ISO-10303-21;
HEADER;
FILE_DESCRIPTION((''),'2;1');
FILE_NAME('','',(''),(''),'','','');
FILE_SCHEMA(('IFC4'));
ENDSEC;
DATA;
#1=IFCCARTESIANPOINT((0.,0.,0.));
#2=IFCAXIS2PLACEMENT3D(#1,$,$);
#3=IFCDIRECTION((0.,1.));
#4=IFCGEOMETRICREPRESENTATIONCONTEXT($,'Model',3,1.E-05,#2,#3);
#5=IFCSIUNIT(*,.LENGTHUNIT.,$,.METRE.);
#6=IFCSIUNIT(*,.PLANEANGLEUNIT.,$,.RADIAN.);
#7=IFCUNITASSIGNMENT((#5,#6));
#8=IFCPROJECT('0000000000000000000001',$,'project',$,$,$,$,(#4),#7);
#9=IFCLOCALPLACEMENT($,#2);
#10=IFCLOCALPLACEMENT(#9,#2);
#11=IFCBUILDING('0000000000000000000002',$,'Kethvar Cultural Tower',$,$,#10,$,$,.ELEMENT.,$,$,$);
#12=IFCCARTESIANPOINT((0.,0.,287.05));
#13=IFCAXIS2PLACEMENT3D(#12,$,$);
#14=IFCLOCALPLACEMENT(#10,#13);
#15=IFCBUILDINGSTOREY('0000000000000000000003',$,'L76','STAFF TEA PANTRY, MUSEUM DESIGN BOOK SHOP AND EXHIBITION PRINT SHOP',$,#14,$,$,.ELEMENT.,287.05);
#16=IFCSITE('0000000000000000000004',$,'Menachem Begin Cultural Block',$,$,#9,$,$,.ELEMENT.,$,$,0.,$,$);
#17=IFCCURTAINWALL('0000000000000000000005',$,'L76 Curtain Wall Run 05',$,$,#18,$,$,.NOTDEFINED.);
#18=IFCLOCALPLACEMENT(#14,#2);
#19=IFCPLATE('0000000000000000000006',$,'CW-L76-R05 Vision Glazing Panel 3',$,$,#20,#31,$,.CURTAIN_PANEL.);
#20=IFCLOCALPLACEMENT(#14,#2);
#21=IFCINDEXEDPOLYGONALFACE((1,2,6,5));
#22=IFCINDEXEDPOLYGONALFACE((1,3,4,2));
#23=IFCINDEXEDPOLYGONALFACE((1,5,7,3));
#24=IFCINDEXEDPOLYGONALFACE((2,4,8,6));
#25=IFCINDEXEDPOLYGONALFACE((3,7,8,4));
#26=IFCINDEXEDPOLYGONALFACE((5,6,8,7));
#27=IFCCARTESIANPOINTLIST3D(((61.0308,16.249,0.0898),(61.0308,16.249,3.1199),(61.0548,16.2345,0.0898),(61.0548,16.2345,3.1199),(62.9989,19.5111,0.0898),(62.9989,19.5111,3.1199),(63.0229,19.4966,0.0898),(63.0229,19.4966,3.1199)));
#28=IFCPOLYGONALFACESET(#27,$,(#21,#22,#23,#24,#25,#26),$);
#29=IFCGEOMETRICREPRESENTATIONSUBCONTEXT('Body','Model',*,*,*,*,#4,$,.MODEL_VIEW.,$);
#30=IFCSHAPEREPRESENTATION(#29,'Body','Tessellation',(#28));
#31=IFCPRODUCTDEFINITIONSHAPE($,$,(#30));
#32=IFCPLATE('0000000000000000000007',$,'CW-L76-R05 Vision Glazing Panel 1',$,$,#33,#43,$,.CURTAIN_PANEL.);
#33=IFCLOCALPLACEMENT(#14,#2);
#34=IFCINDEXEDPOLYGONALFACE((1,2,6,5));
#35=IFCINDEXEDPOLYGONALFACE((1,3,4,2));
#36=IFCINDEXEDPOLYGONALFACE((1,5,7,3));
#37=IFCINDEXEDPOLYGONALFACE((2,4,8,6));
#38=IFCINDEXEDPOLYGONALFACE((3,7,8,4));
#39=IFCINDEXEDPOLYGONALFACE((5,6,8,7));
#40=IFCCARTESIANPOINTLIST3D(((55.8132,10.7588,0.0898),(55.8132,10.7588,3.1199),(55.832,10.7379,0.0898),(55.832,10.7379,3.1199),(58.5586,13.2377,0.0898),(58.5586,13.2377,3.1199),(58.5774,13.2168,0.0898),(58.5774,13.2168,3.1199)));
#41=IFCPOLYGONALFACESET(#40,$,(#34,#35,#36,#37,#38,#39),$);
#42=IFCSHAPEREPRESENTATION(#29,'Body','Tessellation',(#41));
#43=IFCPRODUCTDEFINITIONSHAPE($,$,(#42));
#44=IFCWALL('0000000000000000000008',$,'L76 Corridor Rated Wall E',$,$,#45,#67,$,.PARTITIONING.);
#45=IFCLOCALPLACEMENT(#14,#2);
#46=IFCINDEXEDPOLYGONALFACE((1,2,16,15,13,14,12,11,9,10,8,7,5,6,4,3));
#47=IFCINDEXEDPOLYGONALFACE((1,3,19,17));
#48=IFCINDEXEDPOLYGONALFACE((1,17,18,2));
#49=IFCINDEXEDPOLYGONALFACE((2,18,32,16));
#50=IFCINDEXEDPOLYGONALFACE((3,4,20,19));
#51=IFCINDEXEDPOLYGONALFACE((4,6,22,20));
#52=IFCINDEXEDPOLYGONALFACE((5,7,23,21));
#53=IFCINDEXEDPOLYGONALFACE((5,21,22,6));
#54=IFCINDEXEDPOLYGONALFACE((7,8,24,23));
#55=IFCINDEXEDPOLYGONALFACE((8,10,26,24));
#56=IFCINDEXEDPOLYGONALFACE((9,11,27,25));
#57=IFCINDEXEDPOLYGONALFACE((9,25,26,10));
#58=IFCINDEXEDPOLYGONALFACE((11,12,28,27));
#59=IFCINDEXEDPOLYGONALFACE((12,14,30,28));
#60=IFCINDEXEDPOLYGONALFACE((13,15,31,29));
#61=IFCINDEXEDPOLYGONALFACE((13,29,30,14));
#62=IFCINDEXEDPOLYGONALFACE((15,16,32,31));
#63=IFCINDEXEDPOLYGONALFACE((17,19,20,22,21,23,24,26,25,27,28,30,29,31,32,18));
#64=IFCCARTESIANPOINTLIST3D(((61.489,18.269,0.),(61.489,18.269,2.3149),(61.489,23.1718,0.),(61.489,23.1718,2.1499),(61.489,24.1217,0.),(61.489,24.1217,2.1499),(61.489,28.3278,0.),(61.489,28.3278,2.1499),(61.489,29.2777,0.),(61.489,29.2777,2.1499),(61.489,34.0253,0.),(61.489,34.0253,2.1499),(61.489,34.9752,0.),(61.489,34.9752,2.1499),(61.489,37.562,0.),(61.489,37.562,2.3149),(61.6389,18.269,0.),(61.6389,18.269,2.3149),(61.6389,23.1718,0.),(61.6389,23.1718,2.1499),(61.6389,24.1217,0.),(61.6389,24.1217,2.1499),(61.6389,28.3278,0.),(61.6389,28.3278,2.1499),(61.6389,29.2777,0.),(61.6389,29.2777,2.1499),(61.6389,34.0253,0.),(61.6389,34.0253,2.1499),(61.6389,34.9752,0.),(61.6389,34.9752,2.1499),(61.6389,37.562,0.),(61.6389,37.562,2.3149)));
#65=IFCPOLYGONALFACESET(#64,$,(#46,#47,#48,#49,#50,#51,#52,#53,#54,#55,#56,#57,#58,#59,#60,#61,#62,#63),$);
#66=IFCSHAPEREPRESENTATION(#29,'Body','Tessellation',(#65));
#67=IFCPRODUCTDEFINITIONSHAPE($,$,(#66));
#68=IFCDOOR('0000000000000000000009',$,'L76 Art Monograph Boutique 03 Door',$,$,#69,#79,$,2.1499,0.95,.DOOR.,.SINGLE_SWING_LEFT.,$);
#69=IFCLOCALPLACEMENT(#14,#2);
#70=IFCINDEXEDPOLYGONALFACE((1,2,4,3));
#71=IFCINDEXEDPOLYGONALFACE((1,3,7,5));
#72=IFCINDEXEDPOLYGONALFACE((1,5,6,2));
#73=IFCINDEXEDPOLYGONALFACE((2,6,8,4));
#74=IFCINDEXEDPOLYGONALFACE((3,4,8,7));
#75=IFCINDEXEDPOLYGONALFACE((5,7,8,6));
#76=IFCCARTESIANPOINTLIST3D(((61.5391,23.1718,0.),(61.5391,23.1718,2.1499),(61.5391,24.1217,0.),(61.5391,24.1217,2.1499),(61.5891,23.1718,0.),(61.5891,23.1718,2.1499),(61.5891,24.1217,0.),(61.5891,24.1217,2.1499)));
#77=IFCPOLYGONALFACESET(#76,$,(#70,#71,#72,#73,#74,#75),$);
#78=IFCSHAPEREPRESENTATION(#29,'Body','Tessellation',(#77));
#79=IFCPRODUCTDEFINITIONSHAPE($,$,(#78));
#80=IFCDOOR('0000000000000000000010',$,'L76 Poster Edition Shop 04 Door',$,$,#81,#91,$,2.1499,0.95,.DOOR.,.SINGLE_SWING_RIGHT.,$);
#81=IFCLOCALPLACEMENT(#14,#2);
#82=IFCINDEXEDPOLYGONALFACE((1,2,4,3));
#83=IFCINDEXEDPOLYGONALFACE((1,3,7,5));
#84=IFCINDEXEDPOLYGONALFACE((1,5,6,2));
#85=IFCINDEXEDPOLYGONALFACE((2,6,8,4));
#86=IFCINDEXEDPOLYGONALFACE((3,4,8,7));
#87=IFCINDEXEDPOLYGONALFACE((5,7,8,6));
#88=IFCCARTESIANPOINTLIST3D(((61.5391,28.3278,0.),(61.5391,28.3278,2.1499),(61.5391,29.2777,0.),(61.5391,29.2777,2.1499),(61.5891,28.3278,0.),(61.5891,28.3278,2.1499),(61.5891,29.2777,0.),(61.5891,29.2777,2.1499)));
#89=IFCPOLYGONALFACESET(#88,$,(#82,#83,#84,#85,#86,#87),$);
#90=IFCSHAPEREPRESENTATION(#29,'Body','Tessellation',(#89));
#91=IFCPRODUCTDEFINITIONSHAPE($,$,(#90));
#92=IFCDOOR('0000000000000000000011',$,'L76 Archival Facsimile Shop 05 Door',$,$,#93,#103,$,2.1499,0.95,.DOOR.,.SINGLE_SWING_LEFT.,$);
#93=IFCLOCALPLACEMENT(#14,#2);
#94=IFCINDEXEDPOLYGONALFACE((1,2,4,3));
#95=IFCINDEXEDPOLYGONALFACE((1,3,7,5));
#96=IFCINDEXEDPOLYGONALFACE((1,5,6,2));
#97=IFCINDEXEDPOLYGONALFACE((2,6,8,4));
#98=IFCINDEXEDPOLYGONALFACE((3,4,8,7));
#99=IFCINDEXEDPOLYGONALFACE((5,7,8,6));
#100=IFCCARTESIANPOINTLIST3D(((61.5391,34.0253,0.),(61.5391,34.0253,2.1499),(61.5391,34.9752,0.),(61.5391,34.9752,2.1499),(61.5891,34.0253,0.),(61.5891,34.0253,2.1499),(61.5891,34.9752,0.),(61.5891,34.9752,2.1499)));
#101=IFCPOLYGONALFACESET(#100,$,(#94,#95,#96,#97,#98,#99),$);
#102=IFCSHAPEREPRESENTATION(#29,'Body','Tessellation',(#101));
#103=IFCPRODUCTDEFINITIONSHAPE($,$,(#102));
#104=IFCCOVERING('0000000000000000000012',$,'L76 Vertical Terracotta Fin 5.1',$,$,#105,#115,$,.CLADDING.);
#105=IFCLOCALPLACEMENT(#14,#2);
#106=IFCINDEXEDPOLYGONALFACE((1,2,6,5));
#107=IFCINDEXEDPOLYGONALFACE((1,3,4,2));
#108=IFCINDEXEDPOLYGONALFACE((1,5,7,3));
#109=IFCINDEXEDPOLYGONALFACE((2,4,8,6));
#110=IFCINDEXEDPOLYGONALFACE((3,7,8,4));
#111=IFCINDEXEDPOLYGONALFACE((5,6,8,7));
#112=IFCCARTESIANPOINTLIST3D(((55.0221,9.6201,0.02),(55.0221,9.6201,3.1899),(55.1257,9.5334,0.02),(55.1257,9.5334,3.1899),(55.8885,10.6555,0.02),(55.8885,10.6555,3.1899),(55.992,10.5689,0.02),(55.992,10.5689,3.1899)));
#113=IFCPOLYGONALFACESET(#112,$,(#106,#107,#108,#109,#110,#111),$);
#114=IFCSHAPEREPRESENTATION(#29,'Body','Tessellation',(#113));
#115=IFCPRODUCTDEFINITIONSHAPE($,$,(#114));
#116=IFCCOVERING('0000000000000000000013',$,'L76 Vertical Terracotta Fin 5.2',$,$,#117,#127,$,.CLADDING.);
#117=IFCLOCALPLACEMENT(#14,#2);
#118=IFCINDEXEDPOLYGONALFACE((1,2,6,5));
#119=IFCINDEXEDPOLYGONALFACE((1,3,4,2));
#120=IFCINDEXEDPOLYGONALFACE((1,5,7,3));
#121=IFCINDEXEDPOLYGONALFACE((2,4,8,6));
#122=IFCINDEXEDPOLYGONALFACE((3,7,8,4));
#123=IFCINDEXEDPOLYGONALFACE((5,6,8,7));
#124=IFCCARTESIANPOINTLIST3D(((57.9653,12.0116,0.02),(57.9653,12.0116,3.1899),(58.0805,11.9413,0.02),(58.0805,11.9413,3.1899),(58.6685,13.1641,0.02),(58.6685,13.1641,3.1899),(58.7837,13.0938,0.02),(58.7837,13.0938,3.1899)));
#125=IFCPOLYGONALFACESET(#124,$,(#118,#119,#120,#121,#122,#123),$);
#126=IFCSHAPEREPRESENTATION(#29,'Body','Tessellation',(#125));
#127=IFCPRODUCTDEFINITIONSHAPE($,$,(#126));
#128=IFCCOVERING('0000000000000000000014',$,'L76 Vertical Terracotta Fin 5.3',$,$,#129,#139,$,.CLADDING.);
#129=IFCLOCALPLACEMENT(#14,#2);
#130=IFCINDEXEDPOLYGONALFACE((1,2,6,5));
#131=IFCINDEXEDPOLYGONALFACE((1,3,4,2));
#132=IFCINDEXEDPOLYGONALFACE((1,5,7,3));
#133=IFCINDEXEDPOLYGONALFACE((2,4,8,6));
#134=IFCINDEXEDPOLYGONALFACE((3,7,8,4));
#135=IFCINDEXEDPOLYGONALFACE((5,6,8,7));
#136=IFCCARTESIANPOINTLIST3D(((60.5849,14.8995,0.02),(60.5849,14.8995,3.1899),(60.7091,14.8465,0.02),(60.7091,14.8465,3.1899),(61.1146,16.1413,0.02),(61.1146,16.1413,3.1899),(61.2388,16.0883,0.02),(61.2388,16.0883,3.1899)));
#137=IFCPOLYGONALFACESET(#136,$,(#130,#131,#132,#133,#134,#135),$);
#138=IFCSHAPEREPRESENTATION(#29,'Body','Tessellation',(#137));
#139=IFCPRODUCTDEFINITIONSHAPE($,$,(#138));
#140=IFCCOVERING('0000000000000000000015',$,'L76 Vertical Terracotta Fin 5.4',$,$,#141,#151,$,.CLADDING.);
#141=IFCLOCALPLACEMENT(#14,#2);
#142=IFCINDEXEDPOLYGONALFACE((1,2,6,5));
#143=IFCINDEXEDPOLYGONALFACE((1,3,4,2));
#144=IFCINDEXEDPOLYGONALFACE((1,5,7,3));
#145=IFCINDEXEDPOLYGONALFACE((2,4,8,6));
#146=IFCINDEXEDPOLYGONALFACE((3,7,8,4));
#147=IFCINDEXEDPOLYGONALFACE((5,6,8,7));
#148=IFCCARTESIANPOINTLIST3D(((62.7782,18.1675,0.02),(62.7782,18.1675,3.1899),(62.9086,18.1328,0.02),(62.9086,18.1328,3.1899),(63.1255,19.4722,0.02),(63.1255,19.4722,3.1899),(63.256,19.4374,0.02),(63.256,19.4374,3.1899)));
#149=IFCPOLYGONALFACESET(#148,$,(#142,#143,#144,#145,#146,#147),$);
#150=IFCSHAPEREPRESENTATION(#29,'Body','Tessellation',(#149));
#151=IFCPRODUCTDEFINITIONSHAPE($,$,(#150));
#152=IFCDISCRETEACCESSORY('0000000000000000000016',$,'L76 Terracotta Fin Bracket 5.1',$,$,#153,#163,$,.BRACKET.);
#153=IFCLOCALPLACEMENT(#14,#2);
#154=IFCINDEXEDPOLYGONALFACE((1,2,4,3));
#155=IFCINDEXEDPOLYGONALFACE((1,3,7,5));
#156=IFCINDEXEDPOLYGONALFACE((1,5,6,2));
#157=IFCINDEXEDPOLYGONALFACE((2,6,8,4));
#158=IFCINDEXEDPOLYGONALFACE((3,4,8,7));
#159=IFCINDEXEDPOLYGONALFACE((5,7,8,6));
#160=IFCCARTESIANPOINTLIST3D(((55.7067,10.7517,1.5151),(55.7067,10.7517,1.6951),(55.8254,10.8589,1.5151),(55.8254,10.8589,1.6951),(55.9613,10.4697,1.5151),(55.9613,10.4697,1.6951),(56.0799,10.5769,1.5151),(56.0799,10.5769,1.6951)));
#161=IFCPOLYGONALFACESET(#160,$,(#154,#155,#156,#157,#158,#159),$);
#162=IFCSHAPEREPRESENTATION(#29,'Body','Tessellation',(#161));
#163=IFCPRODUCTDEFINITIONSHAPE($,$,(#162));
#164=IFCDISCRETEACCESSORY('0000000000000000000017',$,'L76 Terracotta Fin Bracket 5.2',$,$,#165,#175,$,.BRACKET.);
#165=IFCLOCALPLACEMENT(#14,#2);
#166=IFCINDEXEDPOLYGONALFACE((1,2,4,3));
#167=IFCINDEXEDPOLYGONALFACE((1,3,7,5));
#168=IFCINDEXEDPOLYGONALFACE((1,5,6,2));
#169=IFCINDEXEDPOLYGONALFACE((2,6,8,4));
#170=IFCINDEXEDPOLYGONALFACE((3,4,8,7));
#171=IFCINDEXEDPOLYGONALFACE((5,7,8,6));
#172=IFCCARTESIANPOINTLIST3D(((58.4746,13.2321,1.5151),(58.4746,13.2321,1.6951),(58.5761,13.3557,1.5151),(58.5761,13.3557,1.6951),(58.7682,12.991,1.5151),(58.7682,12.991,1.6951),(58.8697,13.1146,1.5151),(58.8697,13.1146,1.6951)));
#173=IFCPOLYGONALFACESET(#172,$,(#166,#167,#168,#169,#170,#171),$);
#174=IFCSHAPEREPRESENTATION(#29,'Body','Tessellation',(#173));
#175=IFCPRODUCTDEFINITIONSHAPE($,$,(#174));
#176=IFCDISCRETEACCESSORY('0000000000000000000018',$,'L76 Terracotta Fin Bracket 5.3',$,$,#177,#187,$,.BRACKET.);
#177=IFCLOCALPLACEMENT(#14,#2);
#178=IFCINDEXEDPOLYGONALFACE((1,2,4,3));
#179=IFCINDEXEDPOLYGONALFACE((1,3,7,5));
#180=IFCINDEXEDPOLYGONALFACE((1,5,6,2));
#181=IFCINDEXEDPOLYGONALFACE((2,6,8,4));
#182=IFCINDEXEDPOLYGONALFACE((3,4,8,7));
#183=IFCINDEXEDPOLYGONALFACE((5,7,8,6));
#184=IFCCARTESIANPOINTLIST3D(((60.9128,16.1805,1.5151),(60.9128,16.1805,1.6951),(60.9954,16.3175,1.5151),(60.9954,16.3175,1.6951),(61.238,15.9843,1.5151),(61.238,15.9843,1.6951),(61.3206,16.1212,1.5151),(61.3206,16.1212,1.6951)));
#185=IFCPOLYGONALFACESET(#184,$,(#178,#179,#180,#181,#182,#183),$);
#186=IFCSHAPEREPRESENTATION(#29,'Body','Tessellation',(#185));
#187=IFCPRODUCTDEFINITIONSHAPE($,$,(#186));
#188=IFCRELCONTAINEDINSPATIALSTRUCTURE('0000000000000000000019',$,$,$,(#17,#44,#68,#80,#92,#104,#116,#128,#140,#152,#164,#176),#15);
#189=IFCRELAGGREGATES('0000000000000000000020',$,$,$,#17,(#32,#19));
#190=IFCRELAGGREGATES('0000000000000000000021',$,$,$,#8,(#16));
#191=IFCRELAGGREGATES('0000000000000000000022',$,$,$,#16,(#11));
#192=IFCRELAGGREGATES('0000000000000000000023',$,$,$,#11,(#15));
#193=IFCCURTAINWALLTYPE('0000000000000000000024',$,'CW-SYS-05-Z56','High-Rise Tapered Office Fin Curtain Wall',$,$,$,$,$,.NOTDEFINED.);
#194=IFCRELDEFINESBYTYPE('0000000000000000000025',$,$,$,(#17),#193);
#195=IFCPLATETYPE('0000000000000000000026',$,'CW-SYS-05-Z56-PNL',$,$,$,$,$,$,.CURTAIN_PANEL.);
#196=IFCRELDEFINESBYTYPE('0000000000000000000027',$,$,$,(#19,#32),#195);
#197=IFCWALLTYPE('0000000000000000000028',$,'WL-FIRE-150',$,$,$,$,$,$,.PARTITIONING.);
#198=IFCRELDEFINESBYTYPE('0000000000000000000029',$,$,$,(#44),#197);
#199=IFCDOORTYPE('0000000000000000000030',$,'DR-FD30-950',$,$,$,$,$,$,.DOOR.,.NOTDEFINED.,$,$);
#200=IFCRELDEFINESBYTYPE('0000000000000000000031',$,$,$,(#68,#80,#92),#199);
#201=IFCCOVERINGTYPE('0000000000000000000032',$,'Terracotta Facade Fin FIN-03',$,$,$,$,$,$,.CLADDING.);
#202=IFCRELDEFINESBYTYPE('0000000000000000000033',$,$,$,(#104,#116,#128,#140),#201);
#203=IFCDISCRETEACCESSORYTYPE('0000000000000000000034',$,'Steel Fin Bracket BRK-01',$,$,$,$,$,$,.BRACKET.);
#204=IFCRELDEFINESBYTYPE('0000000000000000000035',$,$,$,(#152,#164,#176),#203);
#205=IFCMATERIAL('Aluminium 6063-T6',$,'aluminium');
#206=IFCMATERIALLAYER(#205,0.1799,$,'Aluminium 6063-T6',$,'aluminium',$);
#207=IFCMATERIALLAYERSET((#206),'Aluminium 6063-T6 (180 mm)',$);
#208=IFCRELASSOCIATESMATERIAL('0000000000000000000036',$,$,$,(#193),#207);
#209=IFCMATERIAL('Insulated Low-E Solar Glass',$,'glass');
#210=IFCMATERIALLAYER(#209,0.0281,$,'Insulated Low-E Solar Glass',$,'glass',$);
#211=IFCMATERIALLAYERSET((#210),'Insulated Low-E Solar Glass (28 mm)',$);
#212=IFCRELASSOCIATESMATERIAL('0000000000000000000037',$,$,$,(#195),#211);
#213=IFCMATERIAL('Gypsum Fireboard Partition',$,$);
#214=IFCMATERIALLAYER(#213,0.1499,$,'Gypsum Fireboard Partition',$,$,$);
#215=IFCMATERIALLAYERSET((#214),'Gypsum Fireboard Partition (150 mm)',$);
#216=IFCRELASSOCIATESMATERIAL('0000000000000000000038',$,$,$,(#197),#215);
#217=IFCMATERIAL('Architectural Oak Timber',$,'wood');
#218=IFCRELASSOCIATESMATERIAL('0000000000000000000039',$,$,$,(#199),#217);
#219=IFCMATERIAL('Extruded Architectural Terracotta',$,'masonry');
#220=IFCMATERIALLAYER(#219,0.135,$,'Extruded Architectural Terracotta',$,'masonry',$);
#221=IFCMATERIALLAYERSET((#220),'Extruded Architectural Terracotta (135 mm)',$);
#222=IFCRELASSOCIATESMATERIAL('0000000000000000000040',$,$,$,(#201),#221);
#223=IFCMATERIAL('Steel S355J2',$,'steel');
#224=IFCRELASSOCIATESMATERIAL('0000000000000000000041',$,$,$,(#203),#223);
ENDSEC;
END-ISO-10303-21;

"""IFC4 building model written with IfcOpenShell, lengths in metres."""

from ifc_helpers import new_model, si_unit, direction, frame, frame_2d, origin, origin_2d, place, context, subcontext, project, spatial, rectangle, extrude, source, transform, mapped, material, layer, layer_set, type_object, element, fill, aggregate, save


model = new_model("IFC4")

# Units and contexts
model_context = context("Model", 3, precision=1e-05, world=origin(), true_north=direction((0.0, 1.0)))
body_context = subcontext(model_context, "Body", "Model", "MODEL_VIEW")
ifc_project = project(units=[si_unit("LENGTHUNIT", "METRE"), si_unit("PLANEANGLEUNIT", "RADIAN")], contexts=[model_context])

# Site, building, storey
site_placement = place(None, origin())
site = spatial("IfcSite", under=ifc_project, at=site_placement, Name="Menachem Begin Cultural Block", CompositionType="ELEMENT", RefElevation=0.0)
building_placement = place(site_placement, origin())
building = spatial("IfcBuilding", under=site, at=building_placement, Name="Kethvar Cultural Tower", CompositionType="ELEMENT")
storey_placement = place(building_placement, frame((0.0, 0.0, 287.05)))
storey = spatial("IfcBuildingStorey", under=building, at=storey_placement, Name="L76", Description="STAFF TEA PANTRY, MUSEUM DESIGN BOOK SHOP AND EXHIBITION PRINT SHOP", CompositionType="ELEMENT", Elevation=287.05)

# Shared definitions
ifc_material_1 = material(Name="Steel S355J2", Category="steel")

# Shared definitions
ifc_material_2 = material(Name="Aluminium 6063-T6", Category="aluminium")
ifc_layer_1 = layer(ifc_material_2, 0.1799, Name="Aluminium 6063-T6", Category="aluminium")
ifc_layer_set_1 = layer_set([ifc_layer_1], Name="Aluminium 6063-T6 (180 mm)")
curtain_wall_type = type_object("IfcCurtainWallType", Name="CW-SYS-05-Z56", Description="High-Rise Tapered Office Fin Curtain Wall", PredefinedType="NOTDEFINED", material=ifc_layer_set_1)

# Curtain wall, plates
curtain_wall_1_placement = place(storey_placement, origin())
curtain_wall_1 = element("IfcCurtainWall", 1, at=curtain_wall_1_placement, inside=storey, type_object=curtain_wall_type, Name="L76 Curtain Wall Run 05", PredefinedType="NOTDEFINED")
ifc_material_3 = material(Name="Insulated Low-E Solar Glass", Category="glass")
ifc_layer_2 = layer(ifc_material_3, 0.0281, Name="Insulated Low-E Solar Glass", Category="glass")
ifc_layer_set_2 = layer_set([ifc_layer_2], Name="Insulated Low-E Solar Glass (28 mm)")
plate_type = type_object("IfcPlateType", Name="CW-SYS-05-Z56-PNL", PredefinedType="CURTAIN_PANEL", material=ifc_layer_set_2)
shared_shape_1 = source(origin(), body_context, "Body", "SweptSolid", [
    extrude(rectangle(XDim=3.8098, YDim=0.0281, at=origin_2d()), origin(), (0.0, 0.0, 1.0), 3.03),
])
plate_1_placement = place(storey_placement, frame((62.0269, 17.8728, 0.0898), z_axis=(0.0, 0.0, 1.0), x_axis=(0.516578, 0.85624, 0.0)))
plate_1 = element("IfcPlate", 2, at=plate_1_placement, type_object=plate_type, Name="CW-L76-R05 Vision Glazing Panel 3", PredefinedType="CURTAIN_PANEL", context=body_context, shape_type="MappedRepresentation", body=[
    mapped(shared_shape_1, transform((0.0, 0.0, 0.0), scale=1.0)),
])
shared_shape_2 = source(origin(), body_context, "Body", "SweptSolid", [
    extrude(rectangle(XDim=3.699, YDim=0.0281, at=origin_2d()), origin(), (0.0, 0.0, 1.0), 3.03),
])
plate_2_placement = place(storey_placement, frame((57.1953, 11.9878, 0.0898), z_axis=(0.0, 0.0, 1.0), x_axis=(0.742222, 0.670155, 0.0)))
plate_2 = element("IfcPlate", 3, at=plate_2_placement, type_object=plate_type, Name="CW-L76-R05 Vision Glazing Panel 1", PredefinedType="CURTAIN_PANEL", context=body_context, shape_type="MappedRepresentation", body=[
    mapped(shared_shape_2, transform((0.0, 0.0, 0.0), scale=1.0)),
])
aggregate(curtain_wall_1, [plate_2, plate_1])

# Wall, openings, doors
ifc_material_4 = material(Name="Gypsum Fireboard Partition")
ifc_layer_3 = layer(ifc_material_4, 0.1499, Name="Gypsum Fireboard Partition")
ifc_layer_set_3 = layer_set([ifc_layer_3], Name="Gypsum Fireboard Partition (150 mm)")
wall_type = type_object("IfcWallType", Name="WL-FIRE-150", PredefinedType="PARTITIONING", material=ifc_layer_set_3)
wall_placement = place(storey_placement, frame((61.564, 18.269, 0.0), z_axis=(0.0, 0.0, 1.0), x_axis=(0.0, 1.0, 0.0)))
wall = element("IfcWall", 4, at=wall_placement, inside=storey, type_object=wall_type, Name="L76 Corridor Rated Wall E", PredefinedType="PARTITIONING", context=body_context, shape_type="SweptSolid", body=[
    extrude(rectangle(XDim=19.293, YDim=0.1499, at=frame_2d((9.6465, 0.0))), origin(), (0.0, 0.0, 1.0), 2.3149),
])
opening_1_placement = place(wall_placement, frame((4.9026, 0.0, 0.0)))
opening_1 = element("IfcOpeningElement", 5, at=opening_1_placement, cuts=wall, PredefinedType="OPENING", context=body_context, shape_type="SweptSolid", body=[
    extrude(rectangle(XDim=0.95, YDim=2.1499, at=frame_2d((0.4751, 1.075))), frame((0.0, 0.085, 0.0), z_axis=(0.0, -1.0, 0.0), x_axis=(1.0, 0.0, 0.0)), (0.0, 0.0, 1.0), 0.1699),
])
opening_2_placement = place(wall_placement, frame((10.0586, 0.0, 0.0)))
opening_2 = element("IfcOpeningElement", 6, at=opening_2_placement, cuts=wall, PredefinedType="OPENING", context=body_context, shape_type="SweptSolid", body=[
    extrude(rectangle(XDim=0.95, YDim=2.1499, at=frame_2d((0.4751, 1.075))), frame((0.0, 0.085, 0.0), z_axis=(0.0, -1.0, 0.0), x_axis=(1.0, 0.0, 0.0)), (0.0, 0.0, 1.0), 0.1699),
])
opening_3_placement = place(wall_placement, frame((15.7561, 0.0, 0.0)))
opening_3 = element("IfcOpeningElement", 7, at=opening_3_placement, cuts=wall, PredefinedType="OPENING", context=body_context, shape_type="SweptSolid", body=[
    extrude(rectangle(XDim=0.95, YDim=2.1499, at=frame_2d((0.4751, 1.075))), frame((0.0, 0.085, 0.0), z_axis=(0.0, -1.0, 0.0), x_axis=(1.0, 0.0, 0.0)), (0.0, 0.0, 1.0), 0.1699),
])
ifc_material_5 = material(Name="Architectural Oak Timber", Category="wood")
door_type = type_object("IfcDoorType", Name="DR-FD30-950", OperationType="NOTDEFINED", PredefinedType="DOOR", material=ifc_material_5)
shared_shape_3 = source(origin(), body_context, "Body", "SweptSolid", [
    extrude(rectangle(XDim=0.95, YDim=2.1499, at=frame_2d((0.4751, 1.075))), frame((0.0, 0.0249, 0.0), z_axis=(0.0, -1.0, 0.0), x_axis=(1.0, 0.0, 0.0)), (0.0, 0.0, 1.0), 0.05),
])
door_1_placement = place(opening_1_placement, origin())
door_1 = element("IfcDoor", 8, at=door_1_placement, inside=storey, type_object=door_type, Name="L76 Art Monograph Boutique 03 Door", OperationType="SINGLE_SWING_LEFT", OverallHeight=2.1499, OverallWidth=0.95, PredefinedType="DOOR", context=body_context, shape_type="MappedRepresentation", body=[
    mapped(shared_shape_3, transform((0.0, 0.0, 0.0), scale=1.0)),
])
fill(opening_1, door_1)
door_2_placement = place(opening_2_placement, origin())
door_2 = element("IfcDoor", 9, at=door_2_placement, inside=storey, type_object=door_type, Name="L76 Poster Edition Shop 04 Door", OperationType="SINGLE_SWING_RIGHT", OverallHeight=2.1499, OverallWidth=0.95, PredefinedType="DOOR", context=body_context, shape_type="MappedRepresentation", body=[
    mapped(shared_shape_3, transform((0.0, 0.0, 0.0), scale=1.0)),
])
fill(opening_2, door_2)
door_3_placement = place(opening_3_placement, origin())
door_3 = element("IfcDoor", 10, at=door_3_placement, inside=storey, type_object=door_type, Name="L76 Archival Facsimile Shop 05 Door", OperationType="SINGLE_SWING_LEFT", OverallHeight=2.1499, OverallWidth=0.95, PredefinedType="DOOR", context=body_context, shape_type="MappedRepresentation", body=[
    mapped(shared_shape_3, transform((0.0, 0.0, 0.0), scale=1.0)),
])
fill(opening_3, door_3)

# Coverings
ifc_material_6 = material(Name="Extruded Architectural Terracotta", Category="masonry")
ifc_layer_4 = layer(ifc_material_6, 0.135, Name="Extruded Architectural Terracotta", Category="masonry")
ifc_layer_set_4 = layer_set([ifc_layer_4], Name="Extruded Architectural Terracotta (135 mm)")
covering_type = type_object("IfcCoveringType", Name="Terracotta Facade Fin FIN-03", PredefinedType="CLADDING", material=ifc_layer_set_4)
shared_shape_4 = source(origin(), body_context, "Body", "SweptSolid", [
    extrude(rectangle(XDim=1.3501, YDim=0.135, at=origin_2d()), origin(), (0.0, 0.0, 1.0), 3.1699),
])
for number, where, z_axis, x_axis, name in (
    (11, (55.5071, 10.0945, 0.02), (0.0, 0.0, 1.0), (-0.641717, -0.766941, 0.0), "L76 Vertical Terracotta Fin 5.1"),
    (12, (58.3745, 12.5527, 0.02), (0.0, 0.0, 1.0), (-0.520861, -0.853642, 0.0), "L76 Vertical Terracotta Fin 5.2"),
    (13, (60.9119, 15.4939, 0.02), (0.0, 0.0, 1.0), (-0.392337, -0.919821, 0.0), "L76 Vertical Terracotta Fin 5.3"),
    (14, (63.0171, 18.8025, 0.02), (0.0, 0.0, 1.0), (-0.257301, -0.966331, 0.0), "L76 Vertical Terracotta Fin 5.4"),
):
    element("IfcCovering", number, at=place(storey_placement, frame(where, z_axis=z_axis, x_axis=x_axis)), inside=storey, type_object=covering_type, Name=name, PredefinedType="CLADDING", context=body_context, shape_type="MappedRepresentation", body=[
        mapped(shared_shape_4, transform((0.0, 0.0, 0.0), scale=1.0)),
    ])

# Discrete accessories
discrete_accessory_type = type_object("IfcDiscreteAccessoryType", Name="Steel Fin Bracket BRK-01", PredefinedType="BRACKET", material=ifc_material_1)
shared_shape_5 = source(origin(), body_context, "Body", "SweptSolid", [
    extrude(rectangle(XDim=0.3799, YDim=0.1599, at=origin_2d()), origin(), (0.0, 0.0, 1.0), 0.1799),
])
for number, where, z_axis, x_axis, name in (
    (15, (55.8933, 10.6643, 1.5151), (0.0, 0.0, 1.0), (0.670168, -0.74221, 0.0), "L76 Terracotta Fin Bracket 5.1"),
    (16, (58.6721, 13.1733, 1.5151), (0.0, 0.0, 1.0), (0.772844, -0.634596, 0.0), "L76 Terracotta Fin Bracket 5.2"),
    (17, (61.1167, 16.1509, 1.5151), (0.0, 0.0, 1.0), (0.856267, -0.516533, 0.0), "L76 Terracotta Fin Bracket 5.3"),
):
    element("IfcDiscreteAccessory", number, at=place(storey_placement, frame(where, z_axis=z_axis, x_axis=x_axis)), inside=storey, type_object=discrete_accessory_type, Name=name, PredefinedType="BRACKET", context=body_context, shape_type="MappedRepresentation", body=[
        mapped(shared_shape_5, transform((0.0, 0.0, 0.0), scale=1.0)),
    ])

save(model, "model.ifc")
